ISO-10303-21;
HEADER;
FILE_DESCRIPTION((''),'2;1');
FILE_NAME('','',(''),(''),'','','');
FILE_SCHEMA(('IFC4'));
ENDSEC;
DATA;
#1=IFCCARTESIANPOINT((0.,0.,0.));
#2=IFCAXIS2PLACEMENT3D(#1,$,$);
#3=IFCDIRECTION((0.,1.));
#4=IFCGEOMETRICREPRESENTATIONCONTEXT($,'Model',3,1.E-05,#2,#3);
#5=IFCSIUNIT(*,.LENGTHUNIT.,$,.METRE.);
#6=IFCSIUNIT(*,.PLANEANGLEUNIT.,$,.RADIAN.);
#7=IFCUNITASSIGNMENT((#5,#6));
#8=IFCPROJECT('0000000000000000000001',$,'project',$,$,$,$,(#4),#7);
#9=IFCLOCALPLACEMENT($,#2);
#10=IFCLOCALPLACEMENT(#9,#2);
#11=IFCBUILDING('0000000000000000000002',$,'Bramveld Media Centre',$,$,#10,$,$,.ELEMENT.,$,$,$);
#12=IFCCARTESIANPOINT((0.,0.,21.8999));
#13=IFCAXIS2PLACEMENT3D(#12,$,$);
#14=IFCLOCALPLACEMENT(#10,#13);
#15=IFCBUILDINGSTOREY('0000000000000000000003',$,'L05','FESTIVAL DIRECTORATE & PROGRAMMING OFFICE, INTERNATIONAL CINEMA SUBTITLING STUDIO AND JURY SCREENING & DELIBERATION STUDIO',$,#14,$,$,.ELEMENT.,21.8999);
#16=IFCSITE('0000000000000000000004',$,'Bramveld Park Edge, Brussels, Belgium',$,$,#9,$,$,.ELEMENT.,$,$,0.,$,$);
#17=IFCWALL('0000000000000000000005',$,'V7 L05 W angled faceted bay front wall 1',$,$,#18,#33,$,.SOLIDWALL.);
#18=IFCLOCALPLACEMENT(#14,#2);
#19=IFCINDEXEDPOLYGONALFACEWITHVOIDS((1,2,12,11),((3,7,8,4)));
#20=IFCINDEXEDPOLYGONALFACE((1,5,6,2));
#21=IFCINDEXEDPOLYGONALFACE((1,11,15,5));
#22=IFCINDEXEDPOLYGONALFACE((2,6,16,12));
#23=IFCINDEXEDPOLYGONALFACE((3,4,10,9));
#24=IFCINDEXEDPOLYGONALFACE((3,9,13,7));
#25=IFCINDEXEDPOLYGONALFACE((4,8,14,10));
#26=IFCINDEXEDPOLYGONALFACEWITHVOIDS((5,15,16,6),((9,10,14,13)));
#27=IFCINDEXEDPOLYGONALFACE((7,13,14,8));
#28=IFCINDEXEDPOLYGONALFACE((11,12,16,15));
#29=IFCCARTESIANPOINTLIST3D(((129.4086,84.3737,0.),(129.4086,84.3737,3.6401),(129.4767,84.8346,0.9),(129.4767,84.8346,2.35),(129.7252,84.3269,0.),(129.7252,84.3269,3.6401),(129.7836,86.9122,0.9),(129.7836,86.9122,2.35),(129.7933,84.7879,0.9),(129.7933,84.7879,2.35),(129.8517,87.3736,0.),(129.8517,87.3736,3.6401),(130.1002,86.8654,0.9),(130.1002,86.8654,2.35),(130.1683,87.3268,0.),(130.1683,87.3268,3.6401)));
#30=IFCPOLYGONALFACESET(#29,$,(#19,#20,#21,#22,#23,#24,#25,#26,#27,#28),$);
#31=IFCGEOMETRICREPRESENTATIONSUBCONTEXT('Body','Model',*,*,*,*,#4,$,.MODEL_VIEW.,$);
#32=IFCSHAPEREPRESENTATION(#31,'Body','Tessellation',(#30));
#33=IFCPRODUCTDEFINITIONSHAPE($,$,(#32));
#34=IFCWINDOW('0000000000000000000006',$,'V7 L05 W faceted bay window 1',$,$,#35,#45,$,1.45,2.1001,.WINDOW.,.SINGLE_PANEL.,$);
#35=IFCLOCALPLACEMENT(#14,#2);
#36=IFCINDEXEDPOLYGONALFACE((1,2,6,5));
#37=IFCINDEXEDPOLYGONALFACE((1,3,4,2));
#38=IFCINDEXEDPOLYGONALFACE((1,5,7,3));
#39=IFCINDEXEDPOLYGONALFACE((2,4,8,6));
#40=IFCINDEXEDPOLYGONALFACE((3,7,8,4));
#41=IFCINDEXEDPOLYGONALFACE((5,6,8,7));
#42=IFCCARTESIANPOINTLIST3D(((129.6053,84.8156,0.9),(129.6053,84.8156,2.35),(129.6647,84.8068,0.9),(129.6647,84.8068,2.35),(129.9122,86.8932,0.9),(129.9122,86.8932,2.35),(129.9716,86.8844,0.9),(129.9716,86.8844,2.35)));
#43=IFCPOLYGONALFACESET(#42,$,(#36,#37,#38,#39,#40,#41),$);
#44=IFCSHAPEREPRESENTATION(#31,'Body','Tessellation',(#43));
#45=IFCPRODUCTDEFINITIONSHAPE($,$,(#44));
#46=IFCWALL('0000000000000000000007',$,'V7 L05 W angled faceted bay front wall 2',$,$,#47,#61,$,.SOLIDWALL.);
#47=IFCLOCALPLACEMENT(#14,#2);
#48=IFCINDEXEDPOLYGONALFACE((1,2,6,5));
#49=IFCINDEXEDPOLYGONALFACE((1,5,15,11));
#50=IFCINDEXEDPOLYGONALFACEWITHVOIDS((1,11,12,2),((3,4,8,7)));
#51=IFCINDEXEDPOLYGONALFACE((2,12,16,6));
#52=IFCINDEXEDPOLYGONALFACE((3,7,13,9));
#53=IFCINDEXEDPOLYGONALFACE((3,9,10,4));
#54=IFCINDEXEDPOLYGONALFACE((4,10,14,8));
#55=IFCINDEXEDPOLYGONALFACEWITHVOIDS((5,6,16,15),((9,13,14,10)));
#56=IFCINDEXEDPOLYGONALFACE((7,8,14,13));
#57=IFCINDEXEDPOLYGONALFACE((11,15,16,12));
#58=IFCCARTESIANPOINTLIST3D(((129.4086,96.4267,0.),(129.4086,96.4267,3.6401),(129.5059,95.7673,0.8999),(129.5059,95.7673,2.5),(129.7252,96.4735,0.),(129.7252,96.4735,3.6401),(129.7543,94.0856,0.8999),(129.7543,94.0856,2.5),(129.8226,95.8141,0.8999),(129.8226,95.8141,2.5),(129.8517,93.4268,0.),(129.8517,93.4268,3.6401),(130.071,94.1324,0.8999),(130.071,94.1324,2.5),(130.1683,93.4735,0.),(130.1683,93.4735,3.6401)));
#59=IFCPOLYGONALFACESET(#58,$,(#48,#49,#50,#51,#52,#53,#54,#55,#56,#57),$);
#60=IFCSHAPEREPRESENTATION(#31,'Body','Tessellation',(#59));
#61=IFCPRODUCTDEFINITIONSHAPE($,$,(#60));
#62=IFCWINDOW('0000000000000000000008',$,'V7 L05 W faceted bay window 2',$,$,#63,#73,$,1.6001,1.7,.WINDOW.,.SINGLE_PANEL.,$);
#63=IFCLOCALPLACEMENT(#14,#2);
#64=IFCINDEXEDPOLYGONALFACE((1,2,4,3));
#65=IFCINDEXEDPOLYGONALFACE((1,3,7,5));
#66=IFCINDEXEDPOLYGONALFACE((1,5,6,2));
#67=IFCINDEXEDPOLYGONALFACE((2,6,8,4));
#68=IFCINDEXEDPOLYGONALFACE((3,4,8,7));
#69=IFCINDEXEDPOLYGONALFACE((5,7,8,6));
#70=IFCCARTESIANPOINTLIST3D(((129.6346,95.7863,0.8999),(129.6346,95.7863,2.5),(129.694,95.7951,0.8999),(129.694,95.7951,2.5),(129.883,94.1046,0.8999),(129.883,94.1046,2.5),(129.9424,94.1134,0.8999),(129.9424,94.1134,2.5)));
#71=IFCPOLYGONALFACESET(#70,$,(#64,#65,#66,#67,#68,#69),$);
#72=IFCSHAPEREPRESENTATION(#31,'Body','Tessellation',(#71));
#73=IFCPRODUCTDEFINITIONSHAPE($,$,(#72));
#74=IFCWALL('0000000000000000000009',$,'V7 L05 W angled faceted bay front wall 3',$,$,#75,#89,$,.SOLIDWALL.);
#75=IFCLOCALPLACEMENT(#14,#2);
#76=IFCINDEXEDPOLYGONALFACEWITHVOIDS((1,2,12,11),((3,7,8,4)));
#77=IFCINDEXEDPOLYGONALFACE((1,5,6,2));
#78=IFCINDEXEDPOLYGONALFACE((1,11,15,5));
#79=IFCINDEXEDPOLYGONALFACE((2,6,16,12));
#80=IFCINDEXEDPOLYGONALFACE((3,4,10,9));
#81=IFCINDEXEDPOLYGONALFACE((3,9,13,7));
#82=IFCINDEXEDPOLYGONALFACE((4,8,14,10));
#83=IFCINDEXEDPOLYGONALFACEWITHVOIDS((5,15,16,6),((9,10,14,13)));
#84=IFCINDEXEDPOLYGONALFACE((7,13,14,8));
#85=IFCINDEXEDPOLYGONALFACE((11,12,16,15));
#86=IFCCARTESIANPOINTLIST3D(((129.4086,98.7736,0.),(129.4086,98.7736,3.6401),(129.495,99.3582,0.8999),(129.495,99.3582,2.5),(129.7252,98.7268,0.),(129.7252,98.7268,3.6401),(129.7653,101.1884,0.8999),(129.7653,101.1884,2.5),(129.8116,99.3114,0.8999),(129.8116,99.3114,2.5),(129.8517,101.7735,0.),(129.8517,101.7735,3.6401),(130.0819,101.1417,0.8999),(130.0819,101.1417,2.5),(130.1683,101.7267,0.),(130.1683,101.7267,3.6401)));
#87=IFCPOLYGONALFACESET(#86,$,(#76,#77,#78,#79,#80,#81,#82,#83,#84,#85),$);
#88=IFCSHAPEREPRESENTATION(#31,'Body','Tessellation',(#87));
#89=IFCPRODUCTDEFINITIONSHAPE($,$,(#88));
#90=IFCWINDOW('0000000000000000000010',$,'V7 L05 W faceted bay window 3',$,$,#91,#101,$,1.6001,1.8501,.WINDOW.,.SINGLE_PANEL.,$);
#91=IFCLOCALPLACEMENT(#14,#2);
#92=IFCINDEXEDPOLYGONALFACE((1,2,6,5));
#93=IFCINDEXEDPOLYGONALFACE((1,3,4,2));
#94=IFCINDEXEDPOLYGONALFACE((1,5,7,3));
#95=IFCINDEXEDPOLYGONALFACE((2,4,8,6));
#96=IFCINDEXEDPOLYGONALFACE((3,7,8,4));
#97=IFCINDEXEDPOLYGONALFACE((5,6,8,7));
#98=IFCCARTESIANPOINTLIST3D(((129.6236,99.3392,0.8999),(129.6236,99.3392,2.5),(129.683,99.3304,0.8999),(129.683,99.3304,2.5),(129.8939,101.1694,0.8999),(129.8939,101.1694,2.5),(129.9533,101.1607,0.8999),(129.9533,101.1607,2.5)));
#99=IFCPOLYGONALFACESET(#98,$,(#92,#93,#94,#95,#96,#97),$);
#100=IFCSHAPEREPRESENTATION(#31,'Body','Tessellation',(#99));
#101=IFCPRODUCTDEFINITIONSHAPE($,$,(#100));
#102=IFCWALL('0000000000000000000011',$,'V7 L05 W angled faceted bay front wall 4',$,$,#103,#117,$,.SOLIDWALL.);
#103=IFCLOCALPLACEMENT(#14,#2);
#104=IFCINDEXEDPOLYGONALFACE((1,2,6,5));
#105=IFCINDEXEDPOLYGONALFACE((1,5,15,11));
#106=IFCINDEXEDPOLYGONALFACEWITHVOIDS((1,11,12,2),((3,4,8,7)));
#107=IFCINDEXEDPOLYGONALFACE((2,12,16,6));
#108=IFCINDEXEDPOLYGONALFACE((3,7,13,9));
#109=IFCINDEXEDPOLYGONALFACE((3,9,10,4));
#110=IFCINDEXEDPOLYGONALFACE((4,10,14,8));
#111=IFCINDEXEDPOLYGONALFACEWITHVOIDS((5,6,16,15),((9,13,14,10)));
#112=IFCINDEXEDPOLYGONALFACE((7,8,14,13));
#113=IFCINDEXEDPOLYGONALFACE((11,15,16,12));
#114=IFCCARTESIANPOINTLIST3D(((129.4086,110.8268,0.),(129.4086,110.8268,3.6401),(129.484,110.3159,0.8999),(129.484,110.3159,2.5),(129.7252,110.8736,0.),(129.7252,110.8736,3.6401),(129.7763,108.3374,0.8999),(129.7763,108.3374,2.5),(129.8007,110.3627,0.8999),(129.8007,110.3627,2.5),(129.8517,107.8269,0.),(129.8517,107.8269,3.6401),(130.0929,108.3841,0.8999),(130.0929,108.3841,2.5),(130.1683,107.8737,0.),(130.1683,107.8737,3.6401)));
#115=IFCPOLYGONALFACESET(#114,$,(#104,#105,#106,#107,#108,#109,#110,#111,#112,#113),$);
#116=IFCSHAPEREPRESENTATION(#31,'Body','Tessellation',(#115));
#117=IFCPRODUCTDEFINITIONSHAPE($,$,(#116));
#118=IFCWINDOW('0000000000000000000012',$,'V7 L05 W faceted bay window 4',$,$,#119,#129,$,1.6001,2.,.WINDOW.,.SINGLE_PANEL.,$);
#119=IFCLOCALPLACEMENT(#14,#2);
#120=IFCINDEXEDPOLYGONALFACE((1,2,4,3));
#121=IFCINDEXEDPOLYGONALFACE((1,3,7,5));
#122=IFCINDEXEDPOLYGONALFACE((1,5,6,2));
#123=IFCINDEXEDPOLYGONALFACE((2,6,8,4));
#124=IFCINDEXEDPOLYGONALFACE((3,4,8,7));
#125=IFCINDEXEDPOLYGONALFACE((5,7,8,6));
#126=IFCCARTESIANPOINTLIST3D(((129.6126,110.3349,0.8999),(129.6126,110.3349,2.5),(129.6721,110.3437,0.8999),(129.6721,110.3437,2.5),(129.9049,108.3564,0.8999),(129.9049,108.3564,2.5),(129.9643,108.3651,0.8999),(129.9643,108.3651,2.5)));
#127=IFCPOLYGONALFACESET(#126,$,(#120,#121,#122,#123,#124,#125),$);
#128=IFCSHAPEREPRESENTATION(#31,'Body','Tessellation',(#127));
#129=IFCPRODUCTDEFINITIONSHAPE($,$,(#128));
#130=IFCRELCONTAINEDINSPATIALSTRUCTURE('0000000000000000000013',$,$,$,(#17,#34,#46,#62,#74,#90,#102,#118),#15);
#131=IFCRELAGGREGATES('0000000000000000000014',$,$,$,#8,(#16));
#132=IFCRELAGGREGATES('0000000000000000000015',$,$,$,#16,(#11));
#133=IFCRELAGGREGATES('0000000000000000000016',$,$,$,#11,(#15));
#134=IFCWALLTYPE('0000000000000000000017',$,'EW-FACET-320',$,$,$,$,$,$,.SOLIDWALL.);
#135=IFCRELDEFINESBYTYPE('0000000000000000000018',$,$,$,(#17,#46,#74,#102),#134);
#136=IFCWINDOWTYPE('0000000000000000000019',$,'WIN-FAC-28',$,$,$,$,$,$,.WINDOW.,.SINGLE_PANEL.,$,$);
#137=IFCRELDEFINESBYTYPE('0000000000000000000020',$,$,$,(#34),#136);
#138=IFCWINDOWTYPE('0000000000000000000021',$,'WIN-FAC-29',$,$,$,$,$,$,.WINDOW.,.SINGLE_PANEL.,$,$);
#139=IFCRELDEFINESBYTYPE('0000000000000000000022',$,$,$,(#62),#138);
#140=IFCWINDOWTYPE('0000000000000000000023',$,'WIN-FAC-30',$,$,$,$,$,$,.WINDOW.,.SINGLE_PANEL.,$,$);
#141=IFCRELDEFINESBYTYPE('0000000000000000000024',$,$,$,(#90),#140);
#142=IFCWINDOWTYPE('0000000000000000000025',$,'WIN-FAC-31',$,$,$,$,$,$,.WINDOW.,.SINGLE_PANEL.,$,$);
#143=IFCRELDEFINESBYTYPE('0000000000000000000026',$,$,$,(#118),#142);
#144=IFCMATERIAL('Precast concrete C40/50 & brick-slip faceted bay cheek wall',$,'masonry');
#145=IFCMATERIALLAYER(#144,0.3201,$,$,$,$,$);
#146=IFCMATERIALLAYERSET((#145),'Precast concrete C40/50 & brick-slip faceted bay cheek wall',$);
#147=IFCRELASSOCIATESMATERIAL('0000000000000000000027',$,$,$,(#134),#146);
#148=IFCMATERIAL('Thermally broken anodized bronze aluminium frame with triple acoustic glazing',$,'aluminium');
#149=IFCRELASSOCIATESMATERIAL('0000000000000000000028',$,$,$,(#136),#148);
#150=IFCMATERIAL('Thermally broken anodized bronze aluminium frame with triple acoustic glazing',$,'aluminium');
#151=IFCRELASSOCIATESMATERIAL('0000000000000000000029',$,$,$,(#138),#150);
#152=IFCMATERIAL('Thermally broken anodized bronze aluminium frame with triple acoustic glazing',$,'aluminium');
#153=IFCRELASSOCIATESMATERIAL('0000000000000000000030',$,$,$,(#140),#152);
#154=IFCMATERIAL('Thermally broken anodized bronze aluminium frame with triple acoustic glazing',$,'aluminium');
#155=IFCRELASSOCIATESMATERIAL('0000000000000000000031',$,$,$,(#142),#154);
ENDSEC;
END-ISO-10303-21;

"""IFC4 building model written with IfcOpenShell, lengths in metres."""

from ifc_helpers import new_model, si_unit, direction, frame, frame_2d, origin, place, context, subcontext, project, spatial, rectangle, extrude, material, layer, layer_set, type_object, element, fill, save


model = new_model("IFC4")

# Units and contexts
model_context = context("Model", 3, precision=1e-05, world=origin(), true_north=direction((0.0, 1.0)))
body_context = subcontext(model_context, "Body", "Model", "MODEL_VIEW")
ifc_project = project(units=[si_unit("LENGTHUNIT", "METRE"), si_unit("PLANEANGLEUNIT", "RADIAN")], contexts=[model_context])

# Site, building, storey
site_placement = place(None, origin())
site = spatial("IfcSite", under=ifc_project, at=site_placement, Name="Bramveld Park Edge, Brussels, Belgium", CompositionType="ELEMENT", RefElevation=0.0)
building_placement = place(site_placement, origin())
building = spatial("IfcBuilding", under=site, at=building_placement, Name="Bramveld Media Centre", CompositionType="ELEMENT")
storey_placement = place(building_placement, frame((0.0, 0.0, 21.8999)))
storey = spatial("IfcBuildingStorey", under=building, at=storey_placement, Name="L05", Description="FESTIVAL DIRECTORATE & PROGRAMMING OFFICE, INTERNATIONAL CINEMA SUBTITLING STUDIO AND JURY SCREENING & DELIBERATION STUDIO", CompositionType="ELEMENT", Elevation=21.8999)

# Walls, openings, windows
ifc_material_1 = material(Name="Precast concrete C40/50 & brick-slip faceted bay cheek wall", Category="masonry")
ifc_layer_1 = layer(ifc_material_1, 0.3201)
ifc_layer_set_1 = layer_set([ifc_layer_1], Name="Precast concrete C40/50 & brick-slip faceted bay cheek wall")
wall_type_1 = type_object("IfcWallType", Name="EW-FACET-320", PredefinedType="SOLIDWALL", material=ifc_layer_set_1)
wall_1_placement = place(storey_placement, frame((130.01, 87.3501, 0.0), z_axis=(0.0, 0.0, 1.0), x_axis=(-0.14612, -0.989267, 0.0)))
wall_1 = element("IfcWall", 1, at=wall_1_placement, inside=storey, type_object=wall_type_1, Name="V7 L05 W angled faceted bay front wall 1", PredefinedType="SOLIDWALL", context=body_context, shape_type="SweptSolid", body=[
    extrude(rectangle(XDim=3.0325, YDim=0.3201, at=frame_2d((1.5161, 0.0))), origin(), (0.0, 0.0, 1.0), 3.6401),
])
opening_1_placement = place(wall_1_placement, frame((0.4663, 0.0, 0.8999)))
opening_1 = element("IfcOpeningElement", 2, at=opening_1_placement, cuts=wall_1, PredefinedType="OPENING", context=body_context, shape_type="SweptSolid", body=[
    extrude(rectangle(XDim=2.1001, YDim=1.45, at=frame_2d((1.05, 0.7251))), frame((0.0, 0.1719, 0.0), z_axis=(0.0, -1.0, 0.0), x_axis=(1.0, 0.0, 0.0)), (0.0, 0.0, 1.0), 0.344),
])
ifc_material_2 = material(Name="Thermally broken anodized bronze aluminium frame with triple acoustic glazing", Category="aluminium")
window_type_1 = type_object("IfcWindowType", Name="WIN-FAC-28", PartitioningType="SINGLE_PANEL", PredefinedType="WINDOW", material=ifc_material_2)
window_1_placement = place(opening_1_placement, origin())
window_1 = element("IfcWindow", 3, at=window_1_placement, inside=storey, type_object=window_type_1, Name="V7 L05 W faceted bay window 1", OverallHeight=1.45, OverallWidth=2.1001, PartitioningType="SINGLE_PANEL", PredefinedType="WINDOW", context=body_context, shape_type="SweptSolid", body=[
    extrude(rectangle(XDim=2.1001, YDim=1.45, at=frame_2d((1.05, 0.7251))), frame((0.0, 0.03, 0.0), z_axis=(0.0, -1.0, 0.0), x_axis=(1.0, 0.0, 0.0)), (0.0, 0.0, 1.0), 0.0601),
])
fill(opening_1, window_1)
wall_2_placement = place(storey_placement, frame((129.5669, 96.45, 0.0), z_axis=(0.0, 0.0, 1.0), x_axis=(0.14612, -0.989267, 0.0)))
wall_2 = element("IfcWall", 4, at=wall_2_placement, inside=storey, type_object=wall_type_1, Name="V7 L05 W angled faceted bay front wall 2", PredefinedType="SOLIDWALL", context=body_context, shape_type="SweptSolid", body=[
    extrude(rectangle(XDim=3.0325, YDim=0.3201, at=frame_2d((1.5161, 0.0))), origin(), (0.0, 0.0, 1.0), 3.6401),
])
opening_2_placement = place(wall_2_placement, frame((0.6663, 0.0, 0.8999)))
opening_2 = element("IfcOpeningElement", 5, at=opening_2_placement, cuts=wall_2, PredefinedType="OPENING", context=body_context, shape_type="SweptSolid", body=[
    extrude(rectangle(XDim=1.7, YDim=1.6001, at=frame_2d((0.8501, 0.8))), frame((0.0, 0.1719, 0.0), z_axis=(0.0, -1.0, 0.0), x_axis=(1.0, 0.0, 0.0)), (0.0, 0.0, 1.0), 0.344),
])
ifc_material_3 = material(Name="Thermally broken anodized bronze aluminium frame with triple acoustic glazing", Category="aluminium")
window_type_2 = type_object("IfcWindowType", Name="WIN-FAC-29", PartitioningType="SINGLE_PANEL", PredefinedType="WINDOW", material=ifc_material_3)
window_2_placement = place(opening_2_placement, origin())
window_2 = element("IfcWindow", 6, at=window_2_placement, inside=storey, type_object=window_type_2, Name="V7 L05 W faceted bay window 2", OverallHeight=1.6001, OverallWidth=1.7, PartitioningType="SINGLE_PANEL", PredefinedType="WINDOW", context=body_context, shape_type="SweptSolid", body=[
    extrude(rectangle(XDim=1.7, YDim=1.6001, at=frame_2d((0.8501, 0.8))), frame((0.0, 0.03, 0.0), z_axis=(0.0, -1.0, 0.0), x_axis=(1.0, 0.0, 0.0)), (0.0, 0.0, 1.0), 0.0601),
])
fill(opening_2, window_2)
wall_3_placement = place(storey_placement, frame((130.01, 101.75, 0.0), z_axis=(0.0, 0.0, 1.0), x_axis=(-0.14612, -0.989267, 0.0)))
wall_3 = element("IfcWall", 7, at=wall_3_placement, inside=storey, type_object=wall_type_1, Name="V7 L05 W angled faceted bay front wall 3", PredefinedType="SOLIDWALL", context=body_context, shape_type="SweptSolid", body=[
    extrude(rectangle(XDim=3.0325, YDim=0.3201, at=frame_2d((1.5161, 0.0))), origin(), (0.0, 0.0, 1.0), 3.6401),
])
opening_3_placement = place(wall_3_placement, frame((0.5913, 0.0, 0.8999)))
opening_3 = element("IfcOpeningElement", 8, at=opening_3_placement, cuts=wall_3, PredefinedType="OPENING", context=body_context, shape_type="SweptSolid", body=[
    extrude(rectangle(XDim=1.8501, YDim=1.6001, at=frame_2d((0.925, 0.8))), frame((0.0, 0.1719, 0.0), z_axis=(0.0, -1.0, 0.0), x_axis=(1.0, 0.0, 0.0)), (0.0, 0.0, 1.0), 0.344),
])
ifc_material_4 = material(Name="Thermally broken anodized bronze aluminium frame with triple acoustic glazing", Category="aluminium")
window_type_3 = type_object("IfcWindowType", Name="WIN-FAC-30", PartitioningType="SINGLE_PANEL", PredefinedType="WINDOW", material=ifc_material_4)
window_3_placement = place(opening_3_placement, origin())
window_3 = element("IfcWindow", 9, at=window_3_placement, inside=storey, type_object=window_type_3, Name="V7 L05 W faceted bay window 3", OverallHeight=1.6001, OverallWidth=1.8501, PartitioningType="SINGLE_PANEL", PredefinedType="WINDOW", context=body_context, shape_type="SweptSolid", body=[
    extrude(rectangle(XDim=1.8501, YDim=1.6001, at=frame_2d((0.925, 0.8))), frame((0.0, 0.03, 0.0), z_axis=(0.0, -1.0, 0.0), x_axis=(1.0, 0.0, 0.0)), (0.0, 0.0, 1.0), 0.0601),
])
fill(opening_3, window_3)
wall_4_placement = place(storey_placement, frame((129.5669, 110.8501, 0.0), z_axis=(0.0, 0.0, 1.0), x_axis=(0.14612, -0.989267, 0.0)))
wall_4 = element("IfcWall", 10, at=wall_4_placement, inside=storey, type_object=wall_type_1, Name="V7 L05 W angled faceted bay front wall 4", PredefinedType="SOLIDWALL", context=body_context, shape_type="SweptSolid", body=[
    extrude(rectangle(XDim=3.0325, YDim=0.3201, at=frame_2d((1.5161, 0.0))), origin(), (0.0, 0.0, 1.0), 3.6401),
])
opening_4_placement = place(wall_4_placement, frame((0.5164, 0.0, 0.8999)))
opening_4 = element("IfcOpeningElement", 11, at=opening_4_placement, cuts=wall_4, PredefinedType="OPENING", context=body_context, shape_type="SweptSolid", body=[
    extrude(rectangle(XDim=2.0, YDim=1.6001, at=frame_2d((1.0, 0.8))), frame((0.0, 0.1719, 0.0), z_axis=(0.0, -1.0, 0.0), x_axis=(1.0, 0.0, 0.0)), (0.0, 0.0, 1.0), 0.344),
])
ifc_material_5 = material(Name="Thermally broken anodized bronze aluminium frame with triple acoustic glazing", Category="aluminium")
window_type_4 = type_object("IfcWindowType", Name="WIN-FAC-31", PartitioningType="SINGLE_PANEL", PredefinedType="WINDOW", material=ifc_material_5)
window_4_placement = place(opening_4_placement, origin())
window_4 = element("IfcWindow", 12, at=window_4_placement, inside=storey, type_object=window_type_4, Name="V7 L05 W faceted bay window 4", OverallHeight=1.6001, OverallWidth=2.0, PartitioningType="SINGLE_PANEL", PredefinedType="WINDOW", context=body_context, shape_type="SweptSolid", body=[
    extrude(rectangle(XDim=2.0, YDim=1.6001, at=frame_2d((1.0, 0.8))), frame((0.0, 0.03, 0.0), z_axis=(0.0, -1.0, 0.0), x_axis=(1.0, 0.0, 0.0)), (0.0, 0.0, 1.0), 0.0601),
])
fill(opening_4, window_4)

save(model, "model.ifc")
